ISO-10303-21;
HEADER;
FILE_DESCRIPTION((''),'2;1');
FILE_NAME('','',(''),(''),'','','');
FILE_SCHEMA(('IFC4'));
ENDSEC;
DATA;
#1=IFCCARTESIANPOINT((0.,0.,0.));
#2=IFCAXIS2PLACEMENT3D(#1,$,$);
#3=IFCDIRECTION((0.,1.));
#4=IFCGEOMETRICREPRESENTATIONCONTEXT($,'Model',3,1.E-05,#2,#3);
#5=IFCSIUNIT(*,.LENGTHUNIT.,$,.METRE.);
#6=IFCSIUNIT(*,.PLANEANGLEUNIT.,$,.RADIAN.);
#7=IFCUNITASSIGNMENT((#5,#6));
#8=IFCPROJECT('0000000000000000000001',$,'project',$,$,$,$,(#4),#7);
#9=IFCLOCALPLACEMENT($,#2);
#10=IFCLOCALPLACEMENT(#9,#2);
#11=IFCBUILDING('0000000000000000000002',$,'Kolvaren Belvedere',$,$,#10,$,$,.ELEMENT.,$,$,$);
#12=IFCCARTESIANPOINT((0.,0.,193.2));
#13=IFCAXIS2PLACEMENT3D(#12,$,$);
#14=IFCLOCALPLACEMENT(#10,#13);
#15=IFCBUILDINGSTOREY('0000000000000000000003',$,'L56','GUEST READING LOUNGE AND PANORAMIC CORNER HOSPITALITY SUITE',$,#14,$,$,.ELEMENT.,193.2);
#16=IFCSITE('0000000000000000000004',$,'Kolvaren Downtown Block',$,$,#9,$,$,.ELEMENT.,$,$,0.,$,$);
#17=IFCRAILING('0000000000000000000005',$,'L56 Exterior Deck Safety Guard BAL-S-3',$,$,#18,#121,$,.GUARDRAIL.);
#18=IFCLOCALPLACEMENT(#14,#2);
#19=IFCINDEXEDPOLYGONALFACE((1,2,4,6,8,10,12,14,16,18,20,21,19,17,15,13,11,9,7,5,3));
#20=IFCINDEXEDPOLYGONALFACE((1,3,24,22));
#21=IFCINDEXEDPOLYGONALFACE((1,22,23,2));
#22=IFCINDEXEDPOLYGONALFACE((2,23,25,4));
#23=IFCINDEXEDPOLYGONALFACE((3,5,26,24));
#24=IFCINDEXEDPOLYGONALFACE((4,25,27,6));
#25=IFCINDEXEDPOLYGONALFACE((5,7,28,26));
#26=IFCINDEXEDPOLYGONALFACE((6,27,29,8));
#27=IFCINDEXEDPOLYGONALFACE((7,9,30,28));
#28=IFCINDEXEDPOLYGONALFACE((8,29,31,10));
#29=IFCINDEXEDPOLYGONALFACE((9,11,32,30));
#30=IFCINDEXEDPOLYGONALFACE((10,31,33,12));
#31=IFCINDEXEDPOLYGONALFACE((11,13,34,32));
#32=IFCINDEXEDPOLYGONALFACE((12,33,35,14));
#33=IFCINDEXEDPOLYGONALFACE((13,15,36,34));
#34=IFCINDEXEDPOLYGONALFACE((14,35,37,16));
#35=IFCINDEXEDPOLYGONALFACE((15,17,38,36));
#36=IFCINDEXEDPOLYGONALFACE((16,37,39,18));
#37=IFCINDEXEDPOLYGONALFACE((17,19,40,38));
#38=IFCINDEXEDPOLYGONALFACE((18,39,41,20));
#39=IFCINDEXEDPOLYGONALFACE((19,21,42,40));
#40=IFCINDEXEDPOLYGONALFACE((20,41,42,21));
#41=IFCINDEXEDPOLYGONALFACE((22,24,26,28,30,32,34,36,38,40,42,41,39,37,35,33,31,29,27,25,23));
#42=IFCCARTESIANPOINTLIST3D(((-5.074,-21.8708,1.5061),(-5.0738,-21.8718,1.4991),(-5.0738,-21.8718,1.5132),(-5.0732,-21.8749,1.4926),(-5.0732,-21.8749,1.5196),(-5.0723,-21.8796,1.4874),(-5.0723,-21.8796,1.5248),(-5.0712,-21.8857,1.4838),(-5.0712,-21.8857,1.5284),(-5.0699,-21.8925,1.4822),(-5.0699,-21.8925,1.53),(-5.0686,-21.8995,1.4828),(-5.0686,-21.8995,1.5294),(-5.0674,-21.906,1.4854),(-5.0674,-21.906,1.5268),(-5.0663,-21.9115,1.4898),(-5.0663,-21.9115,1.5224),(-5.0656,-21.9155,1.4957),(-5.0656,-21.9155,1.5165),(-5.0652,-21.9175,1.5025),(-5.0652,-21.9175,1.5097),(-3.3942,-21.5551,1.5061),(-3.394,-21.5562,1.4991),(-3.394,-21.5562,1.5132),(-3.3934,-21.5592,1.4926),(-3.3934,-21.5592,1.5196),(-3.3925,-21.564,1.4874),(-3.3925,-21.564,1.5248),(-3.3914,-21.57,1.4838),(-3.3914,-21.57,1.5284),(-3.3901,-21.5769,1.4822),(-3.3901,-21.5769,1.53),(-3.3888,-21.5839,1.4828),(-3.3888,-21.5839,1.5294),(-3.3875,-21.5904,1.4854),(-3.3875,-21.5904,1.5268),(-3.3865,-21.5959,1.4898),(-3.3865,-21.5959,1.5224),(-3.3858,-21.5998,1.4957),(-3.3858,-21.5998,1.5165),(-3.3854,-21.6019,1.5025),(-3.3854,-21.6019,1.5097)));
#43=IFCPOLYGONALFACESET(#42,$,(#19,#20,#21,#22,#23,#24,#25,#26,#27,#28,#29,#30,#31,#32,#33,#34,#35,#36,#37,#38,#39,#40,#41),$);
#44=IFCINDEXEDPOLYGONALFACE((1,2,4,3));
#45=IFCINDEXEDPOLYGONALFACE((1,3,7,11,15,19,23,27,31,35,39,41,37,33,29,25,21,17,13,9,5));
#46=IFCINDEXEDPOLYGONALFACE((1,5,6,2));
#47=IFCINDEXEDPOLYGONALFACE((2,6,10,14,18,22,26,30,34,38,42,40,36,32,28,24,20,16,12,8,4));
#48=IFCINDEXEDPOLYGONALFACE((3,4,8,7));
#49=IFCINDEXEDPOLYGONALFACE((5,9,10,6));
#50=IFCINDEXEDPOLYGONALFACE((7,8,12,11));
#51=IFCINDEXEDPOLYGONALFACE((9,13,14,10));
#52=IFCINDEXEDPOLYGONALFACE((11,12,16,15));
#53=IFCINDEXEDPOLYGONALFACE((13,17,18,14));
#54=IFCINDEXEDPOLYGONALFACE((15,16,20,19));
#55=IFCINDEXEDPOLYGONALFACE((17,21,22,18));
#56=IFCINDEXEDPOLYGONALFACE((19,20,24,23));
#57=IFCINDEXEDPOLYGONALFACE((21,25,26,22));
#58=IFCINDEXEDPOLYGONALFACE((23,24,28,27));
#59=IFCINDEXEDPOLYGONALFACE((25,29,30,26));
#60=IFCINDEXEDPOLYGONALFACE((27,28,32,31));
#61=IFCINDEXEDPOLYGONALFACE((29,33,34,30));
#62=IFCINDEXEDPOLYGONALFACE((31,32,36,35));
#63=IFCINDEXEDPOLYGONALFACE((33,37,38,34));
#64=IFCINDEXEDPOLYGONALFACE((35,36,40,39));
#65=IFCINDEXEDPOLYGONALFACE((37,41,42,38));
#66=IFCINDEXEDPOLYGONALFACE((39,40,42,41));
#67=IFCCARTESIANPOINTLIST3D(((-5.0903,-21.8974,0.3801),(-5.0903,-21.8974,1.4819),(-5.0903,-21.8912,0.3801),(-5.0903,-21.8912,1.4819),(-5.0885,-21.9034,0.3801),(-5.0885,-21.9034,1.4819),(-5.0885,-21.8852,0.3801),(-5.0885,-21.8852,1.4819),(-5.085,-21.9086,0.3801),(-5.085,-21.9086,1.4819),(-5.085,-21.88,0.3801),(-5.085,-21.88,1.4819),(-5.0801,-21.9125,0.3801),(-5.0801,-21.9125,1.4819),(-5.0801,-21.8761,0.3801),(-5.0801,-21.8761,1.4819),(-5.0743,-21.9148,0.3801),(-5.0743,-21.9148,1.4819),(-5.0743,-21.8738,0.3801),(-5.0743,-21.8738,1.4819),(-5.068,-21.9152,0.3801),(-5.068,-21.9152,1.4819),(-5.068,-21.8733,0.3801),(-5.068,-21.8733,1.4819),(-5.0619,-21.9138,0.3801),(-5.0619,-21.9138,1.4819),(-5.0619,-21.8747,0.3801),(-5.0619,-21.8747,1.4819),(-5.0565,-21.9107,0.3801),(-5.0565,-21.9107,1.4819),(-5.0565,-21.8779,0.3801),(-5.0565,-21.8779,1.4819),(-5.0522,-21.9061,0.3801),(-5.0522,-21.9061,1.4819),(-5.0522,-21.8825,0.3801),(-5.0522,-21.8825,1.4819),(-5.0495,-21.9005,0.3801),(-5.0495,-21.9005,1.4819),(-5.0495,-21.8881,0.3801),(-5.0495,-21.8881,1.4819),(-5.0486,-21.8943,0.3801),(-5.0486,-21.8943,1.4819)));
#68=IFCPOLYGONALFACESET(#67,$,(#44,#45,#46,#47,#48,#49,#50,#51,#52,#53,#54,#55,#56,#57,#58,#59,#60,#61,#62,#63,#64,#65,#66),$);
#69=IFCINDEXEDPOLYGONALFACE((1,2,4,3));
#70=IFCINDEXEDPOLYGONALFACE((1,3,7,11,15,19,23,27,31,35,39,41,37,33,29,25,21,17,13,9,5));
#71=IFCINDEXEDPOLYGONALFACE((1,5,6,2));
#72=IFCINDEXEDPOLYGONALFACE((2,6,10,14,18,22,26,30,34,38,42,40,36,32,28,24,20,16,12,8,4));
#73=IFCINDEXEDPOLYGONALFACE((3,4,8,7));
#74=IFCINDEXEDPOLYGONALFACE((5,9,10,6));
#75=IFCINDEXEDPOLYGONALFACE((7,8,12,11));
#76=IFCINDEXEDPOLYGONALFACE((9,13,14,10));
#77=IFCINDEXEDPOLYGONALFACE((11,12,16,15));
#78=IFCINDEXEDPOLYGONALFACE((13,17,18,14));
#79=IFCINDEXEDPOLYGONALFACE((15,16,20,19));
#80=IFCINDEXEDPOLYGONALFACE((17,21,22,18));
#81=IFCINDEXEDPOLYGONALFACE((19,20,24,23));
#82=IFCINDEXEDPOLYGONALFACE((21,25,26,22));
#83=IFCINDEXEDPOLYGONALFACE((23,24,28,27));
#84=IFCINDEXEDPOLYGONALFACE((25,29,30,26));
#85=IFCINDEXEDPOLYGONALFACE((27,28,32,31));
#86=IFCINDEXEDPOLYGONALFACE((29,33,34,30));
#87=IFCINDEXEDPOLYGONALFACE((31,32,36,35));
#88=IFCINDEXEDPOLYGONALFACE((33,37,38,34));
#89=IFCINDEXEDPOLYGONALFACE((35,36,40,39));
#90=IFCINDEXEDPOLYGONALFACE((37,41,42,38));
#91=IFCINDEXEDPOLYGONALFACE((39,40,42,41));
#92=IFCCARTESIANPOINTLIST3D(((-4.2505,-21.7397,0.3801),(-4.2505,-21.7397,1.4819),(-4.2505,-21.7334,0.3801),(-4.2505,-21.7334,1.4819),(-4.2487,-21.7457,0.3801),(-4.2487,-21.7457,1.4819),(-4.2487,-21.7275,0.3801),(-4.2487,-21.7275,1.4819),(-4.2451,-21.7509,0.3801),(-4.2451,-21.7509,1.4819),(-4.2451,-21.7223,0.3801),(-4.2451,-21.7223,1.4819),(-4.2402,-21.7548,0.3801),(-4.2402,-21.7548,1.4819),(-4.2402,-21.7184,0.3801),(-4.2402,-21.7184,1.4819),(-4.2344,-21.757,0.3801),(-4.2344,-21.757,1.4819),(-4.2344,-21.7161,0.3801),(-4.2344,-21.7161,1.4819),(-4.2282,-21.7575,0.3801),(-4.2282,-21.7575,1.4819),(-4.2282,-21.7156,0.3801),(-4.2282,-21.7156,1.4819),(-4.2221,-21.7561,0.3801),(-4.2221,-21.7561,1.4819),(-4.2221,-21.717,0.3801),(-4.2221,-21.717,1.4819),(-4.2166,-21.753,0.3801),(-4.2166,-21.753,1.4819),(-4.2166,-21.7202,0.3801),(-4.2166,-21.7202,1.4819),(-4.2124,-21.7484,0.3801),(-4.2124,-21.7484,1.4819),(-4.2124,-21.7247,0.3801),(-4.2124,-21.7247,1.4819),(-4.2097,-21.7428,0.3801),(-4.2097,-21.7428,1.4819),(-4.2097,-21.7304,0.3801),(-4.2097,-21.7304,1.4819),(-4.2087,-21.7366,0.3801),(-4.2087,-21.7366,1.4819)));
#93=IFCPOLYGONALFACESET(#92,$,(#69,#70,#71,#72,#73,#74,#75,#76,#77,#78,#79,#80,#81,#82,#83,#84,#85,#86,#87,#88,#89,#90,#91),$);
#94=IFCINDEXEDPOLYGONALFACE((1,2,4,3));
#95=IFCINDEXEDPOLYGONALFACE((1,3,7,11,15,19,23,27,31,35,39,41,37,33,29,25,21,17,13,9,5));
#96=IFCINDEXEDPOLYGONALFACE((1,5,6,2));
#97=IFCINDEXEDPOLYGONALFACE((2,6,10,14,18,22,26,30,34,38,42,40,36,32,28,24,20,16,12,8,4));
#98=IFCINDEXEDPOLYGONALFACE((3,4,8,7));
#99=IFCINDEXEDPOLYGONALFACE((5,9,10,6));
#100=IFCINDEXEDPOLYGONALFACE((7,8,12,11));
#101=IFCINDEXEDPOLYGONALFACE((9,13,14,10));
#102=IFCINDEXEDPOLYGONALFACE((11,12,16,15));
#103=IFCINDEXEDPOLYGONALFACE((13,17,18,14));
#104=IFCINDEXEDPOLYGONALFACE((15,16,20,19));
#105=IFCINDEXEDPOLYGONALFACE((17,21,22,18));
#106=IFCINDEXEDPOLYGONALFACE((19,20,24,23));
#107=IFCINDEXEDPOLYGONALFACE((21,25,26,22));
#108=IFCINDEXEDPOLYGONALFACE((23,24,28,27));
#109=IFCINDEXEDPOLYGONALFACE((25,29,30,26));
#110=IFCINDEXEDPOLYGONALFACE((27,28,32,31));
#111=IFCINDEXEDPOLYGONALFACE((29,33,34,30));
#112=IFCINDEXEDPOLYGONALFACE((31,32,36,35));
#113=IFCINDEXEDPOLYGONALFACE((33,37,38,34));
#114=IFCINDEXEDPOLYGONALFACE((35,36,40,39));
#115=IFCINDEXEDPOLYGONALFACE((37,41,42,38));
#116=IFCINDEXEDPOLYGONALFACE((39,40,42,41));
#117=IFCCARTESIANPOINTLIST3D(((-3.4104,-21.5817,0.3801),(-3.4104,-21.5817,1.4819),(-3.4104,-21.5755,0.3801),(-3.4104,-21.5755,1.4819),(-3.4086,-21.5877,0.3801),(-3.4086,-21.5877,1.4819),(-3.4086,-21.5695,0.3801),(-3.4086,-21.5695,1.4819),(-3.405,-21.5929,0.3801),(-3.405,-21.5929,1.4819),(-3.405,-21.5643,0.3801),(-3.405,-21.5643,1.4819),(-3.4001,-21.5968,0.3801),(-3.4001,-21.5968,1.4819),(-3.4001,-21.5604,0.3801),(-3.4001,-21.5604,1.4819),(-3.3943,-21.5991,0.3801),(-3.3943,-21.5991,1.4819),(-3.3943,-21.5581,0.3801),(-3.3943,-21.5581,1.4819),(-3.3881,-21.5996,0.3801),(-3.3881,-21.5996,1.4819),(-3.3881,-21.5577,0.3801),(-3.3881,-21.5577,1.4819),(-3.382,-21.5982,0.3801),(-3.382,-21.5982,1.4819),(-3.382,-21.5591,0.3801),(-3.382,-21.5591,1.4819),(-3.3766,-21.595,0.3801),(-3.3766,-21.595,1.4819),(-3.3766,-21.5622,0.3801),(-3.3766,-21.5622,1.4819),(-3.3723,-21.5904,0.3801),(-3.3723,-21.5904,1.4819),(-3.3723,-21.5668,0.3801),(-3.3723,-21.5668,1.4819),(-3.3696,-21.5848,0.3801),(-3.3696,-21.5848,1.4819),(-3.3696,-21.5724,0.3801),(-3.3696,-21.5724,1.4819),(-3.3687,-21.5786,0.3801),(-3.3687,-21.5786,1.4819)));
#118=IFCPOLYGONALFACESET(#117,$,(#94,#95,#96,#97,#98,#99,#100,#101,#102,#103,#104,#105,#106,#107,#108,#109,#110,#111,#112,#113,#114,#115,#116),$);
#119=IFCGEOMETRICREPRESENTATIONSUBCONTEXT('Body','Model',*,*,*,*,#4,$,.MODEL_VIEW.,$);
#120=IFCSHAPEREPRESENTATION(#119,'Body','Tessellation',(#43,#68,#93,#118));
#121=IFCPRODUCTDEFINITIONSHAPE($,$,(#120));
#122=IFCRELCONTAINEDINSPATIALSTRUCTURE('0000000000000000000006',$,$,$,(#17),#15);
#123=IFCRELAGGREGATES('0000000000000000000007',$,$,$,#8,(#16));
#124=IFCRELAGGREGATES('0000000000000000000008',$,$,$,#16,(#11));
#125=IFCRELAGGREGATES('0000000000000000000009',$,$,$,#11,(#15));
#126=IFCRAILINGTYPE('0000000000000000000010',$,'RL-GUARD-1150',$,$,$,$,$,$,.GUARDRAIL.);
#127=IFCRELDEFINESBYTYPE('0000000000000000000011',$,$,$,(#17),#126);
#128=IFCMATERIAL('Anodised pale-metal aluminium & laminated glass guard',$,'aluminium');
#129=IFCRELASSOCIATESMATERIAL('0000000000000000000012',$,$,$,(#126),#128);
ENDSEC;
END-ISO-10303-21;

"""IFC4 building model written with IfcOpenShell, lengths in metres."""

from ifc_helpers import new_model, si_unit, direction, frame, origin, origin_2d, place, context, subcontext, project, spatial, circle, extrude, material, type_object, element, save


model = new_model("IFC4")

# Units and contexts
model_context = context("Model", 3, precision=1e-05, world=origin(), true_north=direction((0.0, 1.0)))
body_context = subcontext(model_context, "Body", "Model", "MODEL_VIEW")
ifc_project = project(units=[si_unit("LENGTHUNIT", "METRE"), si_unit("PLANEANGLEUNIT", "RADIAN")], contexts=[model_context])

# Site, building, storey
site_placement = place(None, origin())
site = spatial("IfcSite", under=ifc_project, at=site_placement, Name="Kolvaren Downtown Block", CompositionType="ELEMENT", RefElevation=0.0)
building_placement = place(site_placement, origin())
building = spatial("IfcBuilding", under=site, at=building_placement, Name="Kolvaren Belvedere", CompositionType="ELEMENT")
storey_placement = place(building_placement, frame((0.0, 0.0, 193.2)))
storey = spatial("IfcBuildingStorey", under=building, at=storey_placement, Name="L56", Description="GUEST READING LOUNGE AND PANORAMIC CORNER HOSPITALITY SUITE", CompositionType="ELEMENT", Elevation=193.2)

# Railing
ifc_material_1 = material(Name="Anodised pale-metal aluminium & laminated glass guard", Category="aluminium")
railing_type = type_object("IfcRailingType", Name="RL-GUARD-1150", PredefinedType="GUARDRAIL", material=ifc_material_1)
railing_1_placement = place(storey_placement, frame((-5.0696, -21.8943, 0.3801)))
element("IfcRailing", 1, at=railing_1_placement, inside=storey, type_object=railing_type, Name="L56 Exterior Deck Safety Guard BAL-S-3", PredefinedType="GUARDRAIL", context=body_context, shape_type="SweptSolid", body=[
    extrude(circle(Radius=0.0239, at=origin_2d()), frame((0.0, 0.0, 1.126), z_axis=(0.982799, 0.184677, 0.0), x_axis=(-0.184677, 0.982799, 0.0)), (0.0, 0.0, 1.0), 1.7092),
    extrude(circle(Radius=0.021, at=origin_2d()), origin(), (0.0, 0.0, 1.0), 1.1018),
    extrude(circle(Radius=0.021, at=origin_2d()), frame((0.8398, 0.1577, 0.0)), (0.0, 0.0, 1.0), 1.1018),
    extrude(circle(Radius=0.021, at=origin_2d()), frame((1.6799, 0.3157, 0.0)), (0.0, 0.0, 1.0), 1.1018),
])

save(model, "model.ifc")
